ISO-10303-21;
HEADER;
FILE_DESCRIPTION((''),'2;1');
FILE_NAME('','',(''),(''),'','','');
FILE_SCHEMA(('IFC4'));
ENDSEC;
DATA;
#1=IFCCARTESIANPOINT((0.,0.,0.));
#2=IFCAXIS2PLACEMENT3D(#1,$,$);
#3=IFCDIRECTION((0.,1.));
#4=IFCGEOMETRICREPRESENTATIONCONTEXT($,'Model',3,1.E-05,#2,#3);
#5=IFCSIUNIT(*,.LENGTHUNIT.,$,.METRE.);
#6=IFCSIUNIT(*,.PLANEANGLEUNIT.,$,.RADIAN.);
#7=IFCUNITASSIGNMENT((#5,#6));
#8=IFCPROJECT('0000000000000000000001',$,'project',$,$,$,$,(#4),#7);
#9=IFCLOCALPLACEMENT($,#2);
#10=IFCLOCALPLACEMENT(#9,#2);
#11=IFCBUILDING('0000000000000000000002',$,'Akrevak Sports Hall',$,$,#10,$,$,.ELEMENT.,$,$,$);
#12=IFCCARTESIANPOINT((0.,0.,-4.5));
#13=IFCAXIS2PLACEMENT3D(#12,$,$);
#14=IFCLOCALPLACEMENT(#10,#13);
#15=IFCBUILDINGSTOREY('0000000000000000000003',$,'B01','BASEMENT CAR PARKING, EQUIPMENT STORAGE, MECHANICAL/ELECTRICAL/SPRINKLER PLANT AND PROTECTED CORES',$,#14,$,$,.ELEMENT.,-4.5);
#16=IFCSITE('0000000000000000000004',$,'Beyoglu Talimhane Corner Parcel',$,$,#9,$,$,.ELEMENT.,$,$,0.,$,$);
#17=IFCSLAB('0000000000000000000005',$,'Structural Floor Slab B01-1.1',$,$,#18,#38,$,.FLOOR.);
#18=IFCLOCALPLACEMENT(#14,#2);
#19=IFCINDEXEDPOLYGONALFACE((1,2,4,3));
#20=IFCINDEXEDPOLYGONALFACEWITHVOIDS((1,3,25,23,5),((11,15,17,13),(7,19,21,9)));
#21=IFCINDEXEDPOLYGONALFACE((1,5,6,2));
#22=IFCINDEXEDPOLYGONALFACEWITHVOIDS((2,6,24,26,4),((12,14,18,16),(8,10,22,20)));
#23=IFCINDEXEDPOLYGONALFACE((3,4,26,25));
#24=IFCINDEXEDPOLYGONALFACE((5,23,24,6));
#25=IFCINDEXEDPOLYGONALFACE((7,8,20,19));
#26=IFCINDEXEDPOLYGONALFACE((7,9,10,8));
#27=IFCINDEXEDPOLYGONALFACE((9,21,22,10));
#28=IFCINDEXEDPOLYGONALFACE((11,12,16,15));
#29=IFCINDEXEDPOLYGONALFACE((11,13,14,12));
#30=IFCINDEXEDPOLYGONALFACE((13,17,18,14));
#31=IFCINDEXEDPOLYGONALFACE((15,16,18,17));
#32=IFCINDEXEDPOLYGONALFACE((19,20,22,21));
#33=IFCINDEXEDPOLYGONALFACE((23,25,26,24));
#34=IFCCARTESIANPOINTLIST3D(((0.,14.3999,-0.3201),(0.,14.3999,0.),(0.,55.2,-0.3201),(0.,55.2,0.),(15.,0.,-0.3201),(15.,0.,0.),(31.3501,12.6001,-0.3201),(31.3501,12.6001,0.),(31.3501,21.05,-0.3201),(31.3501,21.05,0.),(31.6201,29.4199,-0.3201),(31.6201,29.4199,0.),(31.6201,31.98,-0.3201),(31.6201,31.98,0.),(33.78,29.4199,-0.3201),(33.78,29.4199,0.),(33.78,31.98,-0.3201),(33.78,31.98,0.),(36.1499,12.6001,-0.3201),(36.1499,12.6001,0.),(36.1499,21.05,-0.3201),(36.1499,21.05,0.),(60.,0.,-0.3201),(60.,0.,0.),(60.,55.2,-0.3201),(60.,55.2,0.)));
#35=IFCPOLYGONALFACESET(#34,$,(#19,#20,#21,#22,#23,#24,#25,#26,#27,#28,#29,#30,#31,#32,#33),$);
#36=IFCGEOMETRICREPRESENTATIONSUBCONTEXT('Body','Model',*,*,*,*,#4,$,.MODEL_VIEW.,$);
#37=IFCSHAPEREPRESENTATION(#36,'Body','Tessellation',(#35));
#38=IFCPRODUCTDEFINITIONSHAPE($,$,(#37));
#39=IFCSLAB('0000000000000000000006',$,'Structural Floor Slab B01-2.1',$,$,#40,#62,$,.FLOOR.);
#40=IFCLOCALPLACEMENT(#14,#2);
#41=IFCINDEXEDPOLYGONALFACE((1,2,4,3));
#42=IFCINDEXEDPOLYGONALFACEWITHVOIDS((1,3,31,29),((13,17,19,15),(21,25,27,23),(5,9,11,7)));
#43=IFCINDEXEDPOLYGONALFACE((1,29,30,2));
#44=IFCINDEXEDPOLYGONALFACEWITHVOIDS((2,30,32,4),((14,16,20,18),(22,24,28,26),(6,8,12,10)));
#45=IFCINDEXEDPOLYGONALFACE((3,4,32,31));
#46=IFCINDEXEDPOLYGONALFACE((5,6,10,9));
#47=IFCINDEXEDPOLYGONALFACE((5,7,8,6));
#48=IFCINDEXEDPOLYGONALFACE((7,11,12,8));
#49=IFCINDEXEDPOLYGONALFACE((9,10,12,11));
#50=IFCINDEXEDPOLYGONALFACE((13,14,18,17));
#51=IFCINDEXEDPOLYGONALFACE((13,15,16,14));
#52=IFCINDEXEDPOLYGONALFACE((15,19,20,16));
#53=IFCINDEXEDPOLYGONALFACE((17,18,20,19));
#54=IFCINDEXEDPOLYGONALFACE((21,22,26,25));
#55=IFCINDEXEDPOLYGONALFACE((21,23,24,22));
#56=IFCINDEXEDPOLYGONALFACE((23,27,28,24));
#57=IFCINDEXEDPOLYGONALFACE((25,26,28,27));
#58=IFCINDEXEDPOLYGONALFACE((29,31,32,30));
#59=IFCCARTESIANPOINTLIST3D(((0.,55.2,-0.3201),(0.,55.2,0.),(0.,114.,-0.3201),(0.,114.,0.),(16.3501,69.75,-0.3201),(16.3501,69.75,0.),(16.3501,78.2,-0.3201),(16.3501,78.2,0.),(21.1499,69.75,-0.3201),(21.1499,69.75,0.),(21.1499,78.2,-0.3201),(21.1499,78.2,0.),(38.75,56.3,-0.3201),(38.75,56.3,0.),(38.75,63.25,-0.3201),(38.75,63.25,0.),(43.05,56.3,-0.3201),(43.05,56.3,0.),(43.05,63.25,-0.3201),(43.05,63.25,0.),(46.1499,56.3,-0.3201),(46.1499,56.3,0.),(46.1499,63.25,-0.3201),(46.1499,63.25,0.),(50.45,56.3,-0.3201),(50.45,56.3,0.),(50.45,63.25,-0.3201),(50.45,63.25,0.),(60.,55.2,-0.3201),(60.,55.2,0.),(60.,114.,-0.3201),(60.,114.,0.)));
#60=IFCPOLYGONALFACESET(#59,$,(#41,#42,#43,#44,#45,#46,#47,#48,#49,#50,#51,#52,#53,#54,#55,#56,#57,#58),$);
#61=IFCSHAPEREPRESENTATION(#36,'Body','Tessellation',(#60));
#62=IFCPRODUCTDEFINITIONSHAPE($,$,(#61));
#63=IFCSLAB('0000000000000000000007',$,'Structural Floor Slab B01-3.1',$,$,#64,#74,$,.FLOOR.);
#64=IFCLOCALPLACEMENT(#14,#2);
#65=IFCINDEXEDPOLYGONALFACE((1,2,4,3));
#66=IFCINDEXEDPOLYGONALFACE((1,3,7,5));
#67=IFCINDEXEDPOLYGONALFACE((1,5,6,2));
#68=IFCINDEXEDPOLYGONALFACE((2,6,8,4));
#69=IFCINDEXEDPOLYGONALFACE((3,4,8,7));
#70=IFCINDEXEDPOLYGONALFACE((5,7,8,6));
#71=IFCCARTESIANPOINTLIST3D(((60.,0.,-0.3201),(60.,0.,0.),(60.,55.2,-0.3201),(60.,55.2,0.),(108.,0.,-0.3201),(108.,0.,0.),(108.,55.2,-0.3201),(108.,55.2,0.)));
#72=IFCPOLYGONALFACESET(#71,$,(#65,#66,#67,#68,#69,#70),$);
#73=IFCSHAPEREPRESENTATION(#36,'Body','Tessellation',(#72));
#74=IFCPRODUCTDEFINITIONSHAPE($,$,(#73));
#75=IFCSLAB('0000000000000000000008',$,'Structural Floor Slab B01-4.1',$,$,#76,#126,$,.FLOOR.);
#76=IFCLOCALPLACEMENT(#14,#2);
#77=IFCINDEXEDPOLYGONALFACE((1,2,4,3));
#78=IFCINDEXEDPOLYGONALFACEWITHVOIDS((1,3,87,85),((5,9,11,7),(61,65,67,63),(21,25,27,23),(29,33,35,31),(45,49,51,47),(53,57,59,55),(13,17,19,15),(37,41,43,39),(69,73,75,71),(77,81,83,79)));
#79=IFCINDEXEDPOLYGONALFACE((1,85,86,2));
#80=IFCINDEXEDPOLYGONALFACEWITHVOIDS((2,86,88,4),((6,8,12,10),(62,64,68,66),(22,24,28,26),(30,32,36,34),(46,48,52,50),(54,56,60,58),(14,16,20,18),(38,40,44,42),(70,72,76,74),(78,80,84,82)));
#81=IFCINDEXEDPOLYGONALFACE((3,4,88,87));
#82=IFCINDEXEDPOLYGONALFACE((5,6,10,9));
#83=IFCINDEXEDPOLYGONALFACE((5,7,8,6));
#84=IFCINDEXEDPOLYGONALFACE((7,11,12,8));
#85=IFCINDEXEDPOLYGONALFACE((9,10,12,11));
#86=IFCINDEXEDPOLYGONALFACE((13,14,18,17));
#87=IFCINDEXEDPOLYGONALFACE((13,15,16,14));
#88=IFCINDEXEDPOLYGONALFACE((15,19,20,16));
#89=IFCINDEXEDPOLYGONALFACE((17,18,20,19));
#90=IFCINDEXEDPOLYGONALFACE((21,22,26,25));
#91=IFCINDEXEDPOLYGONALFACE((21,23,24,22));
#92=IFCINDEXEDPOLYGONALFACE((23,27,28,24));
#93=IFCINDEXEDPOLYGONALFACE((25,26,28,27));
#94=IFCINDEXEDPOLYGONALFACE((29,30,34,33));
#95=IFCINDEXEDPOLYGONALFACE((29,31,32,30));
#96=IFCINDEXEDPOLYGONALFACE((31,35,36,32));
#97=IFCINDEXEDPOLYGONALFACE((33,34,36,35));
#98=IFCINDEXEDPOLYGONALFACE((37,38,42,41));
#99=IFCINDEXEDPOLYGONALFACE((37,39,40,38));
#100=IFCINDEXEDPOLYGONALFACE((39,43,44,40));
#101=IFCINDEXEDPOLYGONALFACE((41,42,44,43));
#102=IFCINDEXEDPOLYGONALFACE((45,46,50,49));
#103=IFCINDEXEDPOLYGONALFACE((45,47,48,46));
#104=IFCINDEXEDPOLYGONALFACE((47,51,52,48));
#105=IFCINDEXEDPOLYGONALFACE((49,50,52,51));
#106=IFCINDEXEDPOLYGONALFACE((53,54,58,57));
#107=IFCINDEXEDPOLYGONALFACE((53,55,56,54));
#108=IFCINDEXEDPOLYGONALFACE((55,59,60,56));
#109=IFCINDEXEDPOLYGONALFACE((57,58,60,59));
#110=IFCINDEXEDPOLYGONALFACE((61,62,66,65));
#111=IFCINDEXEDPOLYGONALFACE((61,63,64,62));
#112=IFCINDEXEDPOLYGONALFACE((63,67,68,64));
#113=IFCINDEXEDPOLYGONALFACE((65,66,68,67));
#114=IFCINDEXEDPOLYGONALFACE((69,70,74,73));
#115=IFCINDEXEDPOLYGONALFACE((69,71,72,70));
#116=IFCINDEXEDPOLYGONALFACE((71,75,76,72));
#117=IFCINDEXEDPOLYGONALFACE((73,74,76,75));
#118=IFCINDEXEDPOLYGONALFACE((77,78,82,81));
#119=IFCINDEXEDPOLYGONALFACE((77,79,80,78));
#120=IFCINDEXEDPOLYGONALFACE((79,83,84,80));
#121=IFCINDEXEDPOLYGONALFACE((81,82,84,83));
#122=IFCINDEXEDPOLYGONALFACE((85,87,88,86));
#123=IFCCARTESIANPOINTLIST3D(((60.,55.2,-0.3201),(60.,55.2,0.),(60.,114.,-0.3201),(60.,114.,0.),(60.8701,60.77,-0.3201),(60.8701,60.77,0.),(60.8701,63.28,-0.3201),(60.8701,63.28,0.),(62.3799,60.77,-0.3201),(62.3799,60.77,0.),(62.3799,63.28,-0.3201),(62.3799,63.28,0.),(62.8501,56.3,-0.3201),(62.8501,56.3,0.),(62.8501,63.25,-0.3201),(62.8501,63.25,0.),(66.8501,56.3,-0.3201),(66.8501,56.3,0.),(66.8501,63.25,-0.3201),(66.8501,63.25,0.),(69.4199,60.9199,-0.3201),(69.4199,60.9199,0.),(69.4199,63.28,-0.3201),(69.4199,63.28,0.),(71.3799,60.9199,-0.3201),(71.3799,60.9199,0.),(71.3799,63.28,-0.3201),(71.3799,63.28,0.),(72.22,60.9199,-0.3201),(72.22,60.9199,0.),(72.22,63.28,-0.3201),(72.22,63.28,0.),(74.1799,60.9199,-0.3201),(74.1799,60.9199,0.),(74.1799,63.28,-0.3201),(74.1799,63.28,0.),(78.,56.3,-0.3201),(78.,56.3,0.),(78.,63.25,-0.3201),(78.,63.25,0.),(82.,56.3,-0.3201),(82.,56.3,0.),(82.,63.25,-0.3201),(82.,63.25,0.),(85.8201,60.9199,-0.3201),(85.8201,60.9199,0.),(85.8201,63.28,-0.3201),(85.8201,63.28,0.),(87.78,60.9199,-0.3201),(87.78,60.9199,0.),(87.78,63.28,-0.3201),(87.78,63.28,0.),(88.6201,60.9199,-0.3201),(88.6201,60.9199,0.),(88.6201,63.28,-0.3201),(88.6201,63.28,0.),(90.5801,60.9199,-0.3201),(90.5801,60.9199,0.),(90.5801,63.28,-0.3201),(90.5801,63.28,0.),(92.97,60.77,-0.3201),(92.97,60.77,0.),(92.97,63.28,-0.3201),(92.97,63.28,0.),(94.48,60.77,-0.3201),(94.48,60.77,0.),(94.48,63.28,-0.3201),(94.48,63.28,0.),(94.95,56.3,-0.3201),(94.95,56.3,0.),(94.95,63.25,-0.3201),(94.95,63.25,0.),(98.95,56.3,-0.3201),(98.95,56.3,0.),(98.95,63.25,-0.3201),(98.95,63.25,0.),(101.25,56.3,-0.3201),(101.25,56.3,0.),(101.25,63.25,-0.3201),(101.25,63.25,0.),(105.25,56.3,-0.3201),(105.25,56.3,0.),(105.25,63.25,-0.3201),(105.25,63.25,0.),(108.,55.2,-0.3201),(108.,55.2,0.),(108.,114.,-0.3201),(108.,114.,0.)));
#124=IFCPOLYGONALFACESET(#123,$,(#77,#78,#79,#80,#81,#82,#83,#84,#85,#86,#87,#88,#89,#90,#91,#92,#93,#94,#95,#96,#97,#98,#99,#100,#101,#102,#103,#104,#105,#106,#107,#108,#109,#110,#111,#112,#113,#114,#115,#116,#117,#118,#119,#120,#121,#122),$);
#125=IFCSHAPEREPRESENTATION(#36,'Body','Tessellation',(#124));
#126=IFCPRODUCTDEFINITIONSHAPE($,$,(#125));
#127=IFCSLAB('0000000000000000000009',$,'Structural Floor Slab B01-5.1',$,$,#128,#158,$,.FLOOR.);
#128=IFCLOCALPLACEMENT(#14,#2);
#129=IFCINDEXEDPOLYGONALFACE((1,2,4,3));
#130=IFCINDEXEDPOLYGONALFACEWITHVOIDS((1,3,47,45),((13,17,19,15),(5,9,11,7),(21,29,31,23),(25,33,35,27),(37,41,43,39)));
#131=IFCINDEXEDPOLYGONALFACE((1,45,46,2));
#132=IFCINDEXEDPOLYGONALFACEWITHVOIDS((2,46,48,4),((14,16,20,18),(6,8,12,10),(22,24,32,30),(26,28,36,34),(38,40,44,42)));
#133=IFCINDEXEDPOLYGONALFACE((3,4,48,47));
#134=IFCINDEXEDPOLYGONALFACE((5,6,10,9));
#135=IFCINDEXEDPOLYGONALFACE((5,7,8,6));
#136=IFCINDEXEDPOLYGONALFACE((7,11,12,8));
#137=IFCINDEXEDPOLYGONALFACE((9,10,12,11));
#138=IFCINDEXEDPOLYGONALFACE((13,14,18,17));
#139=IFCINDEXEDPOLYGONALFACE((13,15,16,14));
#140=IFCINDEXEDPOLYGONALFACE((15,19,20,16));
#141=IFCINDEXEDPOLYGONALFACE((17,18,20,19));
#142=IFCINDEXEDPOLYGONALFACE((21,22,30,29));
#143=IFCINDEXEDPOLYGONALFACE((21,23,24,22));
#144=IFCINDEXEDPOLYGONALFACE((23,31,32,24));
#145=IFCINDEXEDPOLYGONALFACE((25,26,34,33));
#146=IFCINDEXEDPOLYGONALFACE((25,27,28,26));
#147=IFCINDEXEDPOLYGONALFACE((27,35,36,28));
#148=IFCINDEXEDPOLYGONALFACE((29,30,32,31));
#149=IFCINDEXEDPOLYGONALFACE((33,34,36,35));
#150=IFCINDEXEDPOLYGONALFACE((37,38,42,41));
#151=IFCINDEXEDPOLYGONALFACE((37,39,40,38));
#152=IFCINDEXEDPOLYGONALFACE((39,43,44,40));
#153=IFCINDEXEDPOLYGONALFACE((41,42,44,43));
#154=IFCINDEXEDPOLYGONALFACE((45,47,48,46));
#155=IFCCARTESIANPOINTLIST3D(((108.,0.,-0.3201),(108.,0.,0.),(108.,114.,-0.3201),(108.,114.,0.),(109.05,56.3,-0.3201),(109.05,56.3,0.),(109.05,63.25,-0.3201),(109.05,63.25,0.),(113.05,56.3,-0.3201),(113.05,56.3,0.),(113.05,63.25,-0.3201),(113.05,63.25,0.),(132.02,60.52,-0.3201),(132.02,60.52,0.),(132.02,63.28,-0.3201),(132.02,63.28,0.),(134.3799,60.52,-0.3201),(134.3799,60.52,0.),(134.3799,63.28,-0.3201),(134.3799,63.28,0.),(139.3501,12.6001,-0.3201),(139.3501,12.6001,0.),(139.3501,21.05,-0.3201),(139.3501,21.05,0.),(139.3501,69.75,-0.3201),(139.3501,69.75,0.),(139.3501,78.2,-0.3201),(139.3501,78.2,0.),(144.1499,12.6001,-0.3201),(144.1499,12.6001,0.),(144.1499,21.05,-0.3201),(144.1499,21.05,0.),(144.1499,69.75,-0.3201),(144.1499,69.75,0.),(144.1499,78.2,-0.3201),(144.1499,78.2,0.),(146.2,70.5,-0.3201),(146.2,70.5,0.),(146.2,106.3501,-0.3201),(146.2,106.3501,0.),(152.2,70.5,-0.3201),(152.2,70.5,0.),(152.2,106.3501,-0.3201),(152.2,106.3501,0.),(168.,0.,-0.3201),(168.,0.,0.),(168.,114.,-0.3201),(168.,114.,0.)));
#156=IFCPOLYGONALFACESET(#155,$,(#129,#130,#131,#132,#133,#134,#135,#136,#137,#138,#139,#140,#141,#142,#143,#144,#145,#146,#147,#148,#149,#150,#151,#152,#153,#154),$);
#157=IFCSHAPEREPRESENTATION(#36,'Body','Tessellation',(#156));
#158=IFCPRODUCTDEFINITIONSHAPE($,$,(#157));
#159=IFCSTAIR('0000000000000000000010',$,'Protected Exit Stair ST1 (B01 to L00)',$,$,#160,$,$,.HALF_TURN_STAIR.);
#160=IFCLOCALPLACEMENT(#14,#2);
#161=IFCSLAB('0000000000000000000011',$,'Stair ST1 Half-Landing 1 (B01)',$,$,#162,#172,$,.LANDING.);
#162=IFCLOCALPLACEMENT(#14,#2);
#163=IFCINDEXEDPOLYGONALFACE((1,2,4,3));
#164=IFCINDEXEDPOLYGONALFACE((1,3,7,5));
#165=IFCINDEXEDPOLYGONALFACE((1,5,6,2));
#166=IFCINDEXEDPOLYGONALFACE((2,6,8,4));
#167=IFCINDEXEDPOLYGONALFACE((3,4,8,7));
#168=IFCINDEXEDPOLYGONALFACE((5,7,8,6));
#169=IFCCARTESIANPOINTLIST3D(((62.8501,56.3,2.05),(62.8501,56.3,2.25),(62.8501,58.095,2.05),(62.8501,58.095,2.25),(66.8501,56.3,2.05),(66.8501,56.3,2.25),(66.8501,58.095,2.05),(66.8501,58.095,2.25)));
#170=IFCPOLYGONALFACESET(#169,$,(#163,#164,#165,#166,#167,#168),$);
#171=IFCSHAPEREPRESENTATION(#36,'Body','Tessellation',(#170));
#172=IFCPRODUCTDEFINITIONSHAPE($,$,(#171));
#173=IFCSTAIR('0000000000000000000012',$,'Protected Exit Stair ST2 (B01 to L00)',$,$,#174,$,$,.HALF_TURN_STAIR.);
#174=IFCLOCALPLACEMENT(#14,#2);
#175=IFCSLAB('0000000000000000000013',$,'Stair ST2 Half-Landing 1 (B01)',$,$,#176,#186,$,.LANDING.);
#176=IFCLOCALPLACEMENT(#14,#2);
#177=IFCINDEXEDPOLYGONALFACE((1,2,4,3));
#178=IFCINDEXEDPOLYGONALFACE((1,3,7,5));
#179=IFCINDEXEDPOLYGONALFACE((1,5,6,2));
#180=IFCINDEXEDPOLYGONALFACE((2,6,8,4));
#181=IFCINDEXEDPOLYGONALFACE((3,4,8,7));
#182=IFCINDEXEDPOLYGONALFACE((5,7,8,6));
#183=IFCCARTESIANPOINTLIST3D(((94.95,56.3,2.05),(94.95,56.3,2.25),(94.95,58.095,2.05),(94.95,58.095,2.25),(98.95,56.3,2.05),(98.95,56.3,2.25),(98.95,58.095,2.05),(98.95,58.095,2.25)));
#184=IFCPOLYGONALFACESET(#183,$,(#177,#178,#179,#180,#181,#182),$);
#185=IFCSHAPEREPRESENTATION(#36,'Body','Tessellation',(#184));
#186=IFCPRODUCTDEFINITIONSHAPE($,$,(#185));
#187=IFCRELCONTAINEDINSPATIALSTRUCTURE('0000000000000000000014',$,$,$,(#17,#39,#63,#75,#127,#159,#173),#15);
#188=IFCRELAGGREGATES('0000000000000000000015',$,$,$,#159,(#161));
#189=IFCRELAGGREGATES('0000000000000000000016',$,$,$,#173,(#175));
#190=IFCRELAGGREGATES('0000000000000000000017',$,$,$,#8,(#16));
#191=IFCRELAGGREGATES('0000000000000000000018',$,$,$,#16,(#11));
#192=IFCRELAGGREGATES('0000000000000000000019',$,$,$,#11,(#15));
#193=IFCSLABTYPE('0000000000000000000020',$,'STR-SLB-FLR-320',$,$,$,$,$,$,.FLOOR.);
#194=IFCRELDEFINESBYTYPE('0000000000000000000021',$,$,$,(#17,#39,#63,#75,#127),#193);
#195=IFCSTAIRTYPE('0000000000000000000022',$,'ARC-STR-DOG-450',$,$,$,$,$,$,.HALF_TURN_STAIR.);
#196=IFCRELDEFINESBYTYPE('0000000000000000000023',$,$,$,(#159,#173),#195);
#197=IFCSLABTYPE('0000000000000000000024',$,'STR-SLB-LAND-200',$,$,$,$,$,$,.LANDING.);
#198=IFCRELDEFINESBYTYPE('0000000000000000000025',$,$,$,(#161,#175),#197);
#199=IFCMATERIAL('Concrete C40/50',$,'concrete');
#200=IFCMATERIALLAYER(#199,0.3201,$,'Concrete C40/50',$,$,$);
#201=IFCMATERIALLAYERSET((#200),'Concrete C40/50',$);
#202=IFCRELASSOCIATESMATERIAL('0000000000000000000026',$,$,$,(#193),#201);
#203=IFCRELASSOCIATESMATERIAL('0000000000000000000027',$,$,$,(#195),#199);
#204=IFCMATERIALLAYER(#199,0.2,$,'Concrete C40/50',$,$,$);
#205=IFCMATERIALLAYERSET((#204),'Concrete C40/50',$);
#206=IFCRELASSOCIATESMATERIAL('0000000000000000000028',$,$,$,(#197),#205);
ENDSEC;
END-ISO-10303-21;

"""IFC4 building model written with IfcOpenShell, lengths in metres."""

from ifc_helpers import new_model, si_unit, direction, frame, origin, place, context, subcontext, project, spatial, polyline, outline, extrude, material, layer, layer_set, type_object, element, aggregate, save


model = new_model("IFC4")

# Units and contexts
model_context = context("Model", 3, precision=1e-05, world=origin(), true_north=direction((0.0, 1.0)))
body_context = subcontext(model_context, "Body", "Model", "MODEL_VIEW")
ifc_project = project(units=[si_unit("LENGTHUNIT", "METRE"), si_unit("PLANEANGLEUNIT", "RADIAN")], contexts=[model_context])

# Site, building, storey
site_placement = place(None, origin())
site = spatial("IfcSite", under=ifc_project, at=site_placement, Name="Beyoglu Talimhane Corner Parcel", CompositionType="ELEMENT", RefElevation=0.0)
building_placement = place(site_placement, origin())
building = spatial("IfcBuilding", under=site, at=building_placement, Name="Akrevak Sports Hall", CompositionType="ELEMENT")
storey_placement = place(building_placement, frame((0.0, 0.0, -4.5)))
storey = spatial("IfcBuildingStorey", under=building, at=storey_placement, Name="B01", Description="BASEMENT CAR PARKING, EQUIPMENT STORAGE, MECHANICAL/ELECTRICAL/SPRINKLER PLANT AND PROTECTED CORES", CompositionType="ELEMENT", Elevation=-4.5)

# Slabs
ifc_material = material(Name="Concrete C40/50", Category="concrete")
ifc_layer_1 = layer(ifc_material, 0.3201, Name="Concrete C40/50")
ifc_layer_set_1 = layer_set([ifc_layer_1], Name="Concrete C40/50")
slab_type_1 = type_object("IfcSlabType", Name="STR-SLB-FLR-320", PredefinedType="FLOOR", material=ifc_layer_set_1)
slab_1_placement = place(storey_placement, frame((0.0, 0.0, -0.3201)))
element("IfcSlab", 1, at=slab_1_placement, inside=storey, type_object=slab_type_1, Name="Structural Floor Slab B01-1.1", PredefinedType="FLOOR", context=body_context, shape_type="SweptSolid", body=[
    extrude(outline(polyline([(0.0, 14.3999), (15.0, 0.0), (60.0, 0.0), (60.0, 55.2), (0.0, 55.2), (0.0, 14.3999)]), holes=[polyline([(36.1499, 21.05), (36.1499, 12.6001), (31.3501, 12.6001), (31.3501, 21.05), (36.1499, 21.05)]), polyline([(33.78, 31.98), (33.78, 29.4199), (31.6201, 29.4199), (31.6201, 31.98), (33.78, 31.98)])]), origin(), (0.0, 0.0, 1.0), 0.3201),
])
slab_2_placement = place(storey_placement, frame((0.0, 0.0, -0.3201)))
element("IfcSlab", 2, at=slab_2_placement, inside=storey, type_object=slab_type_1, Name="Structural Floor Slab B01-2.1", PredefinedType="FLOOR", context=body_context, shape_type="SweptSolid", body=[
    extrude(outline(polyline([(0.0, 55.2), (60.0, 55.2), (60.0, 114.0), (0.0, 114.0), (0.0, 55.2)]), holes=[polyline([(43.05, 63.25), (43.05, 56.3), (38.75, 56.3), (38.75, 63.25), (43.05, 63.25)]), polyline([(50.45, 56.3), (46.1499, 56.3), (46.1499, 63.25), (50.45, 63.25), (50.45, 56.3)]), polyline([(21.1499, 69.75), (16.3501, 69.75), (16.3501, 78.2), (21.1499, 78.2), (21.1499, 69.75)])]), origin(), (0.0, 0.0, 1.0), 0.3201),
])
slab_3_placement = place(storey_placement, frame((0.0, 0.0, -0.3201)))
element("IfcSlab", 3, at=slab_3_placement, inside=storey, type_object=slab_type_1, Name="Structural Floor Slab B01-3.1", PredefinedType="FLOOR", context=body_context, shape_type="SweptSolid", body=[
    extrude(outline(polyline([(108.0, 0.0), (108.0, 55.2), (60.0, 55.2), (60.0, 0.0), (108.0, 0.0)])), origin(), (0.0, 0.0, 1.0), 0.3201),
])
slab_4_placement = place(storey_placement, frame((0.0, 0.0, -0.3201)))
element("IfcSlab", 4, at=slab_4_placement, inside=storey, type_object=slab_type_1, Name="Structural Floor Slab B01-4.1", PredefinedType="FLOOR", context=body_context, shape_type="SweptSolid", body=[
    extrude(outline(polyline([(60.0, 114.0), (60.0, 55.2), (108.0, 55.2), (108.0, 114.0), (60.0, 114.0)]), holes=[polyline([(66.8501, 56.3), (62.8501, 56.3), (62.8501, 63.25), (66.8501, 63.25), (66.8501, 56.3)]), polyline([(82.0, 63.25), (82.0, 56.3), (78.0, 56.3), (78.0, 63.25), (82.0, 63.25)]), polyline([(62.3799, 63.28), (62.3799, 60.77), (60.8701, 60.77), (60.8701, 63.28), (62.3799, 63.28)]), polyline([(71.3799, 63.28), (71.3799, 60.9199), (69.4199, 60.9199), (69.4199, 63.28), (71.3799, 63.28)]), polyline([(74.1799, 60.9199), (72.22, 60.9199), (72.22, 63.28), (74.1799, 63.28), (74.1799, 60.9199)]), polyline([(98.95, 63.25), (98.95, 56.3), (94.95, 56.3), (94.95, 63.25), (98.95, 63.25)]), polyline([(105.25, 63.25), (105.25, 56.3), (101.25, 56.3), (101.25, 63.25), (105.25, 63.25)]), polyline([(94.48, 63.28), (94.48, 60.77), (92.97, 60.77), (92.97, 63.28), (94.48, 63.28)]), polyline([(87.78, 63.28), (87.78, 60.9199), (85.8201, 60.9199), (85.8201, 63.28), (87.78, 63.28)]), polyline([(90.5801, 63.28), (90.5801, 60.9199), (88.6201, 60.9199), (88.6201, 63.28), (90.5801, 63.28)])]), origin(), (0.0, 0.0, 1.0), 0.3201),
])
slab_5_placement = place(storey_placement, frame((0.0, 0.0, -0.3201)))
element("IfcSlab", 5, at=slab_5_placement, inside=storey, type_object=slab_type_1, Name="Structural Floor Slab B01-5.1", PredefinedType="FLOOR", context=body_context, shape_type="SweptSolid", body=[
    extrude(outline(polyline([(108.0, 114.0), (108.0, 0.0), (168.0, 0.0), (168.0, 114.0), (108.0, 114.0)]), holes=[polyline([(144.1499, 21.05), (144.1499, 12.6001), (139.3501, 12.6001), (139.3501, 21.05), (144.1499, 21.05)]), polyline([(113.05, 56.3), (109.05, 56.3), (109.05, 63.25), (113.05, 63.25), (113.05, 56.3)]), polyline([(134.3799, 60.52), (132.02, 60.52), (132.02, 63.28), (134.3799, 63.28), (134.3799, 60.52)]), polyline([(144.1499, 69.75), (139.3501, 69.75), (139.3501, 78.2), (144.1499, 78.2), (144.1499, 69.75)]), polyline([(152.2, 70.5), (146.2, 70.5), (146.2, 106.3501), (152.2, 106.3501), (152.2, 70.5)])]), origin(), (0.0, 0.0, 1.0), 0.3201),
])

# Stairs, slabs
stair_type_1 = type_object("IfcStairType", Name="ARC-STR-DOG-450", PredefinedType="HALF_TURN_STAIR", material=ifc_material)
stair_1_placement = place(storey_placement, origin())
stair_1 = element("IfcStair", 6, at=stair_1_placement, inside=storey, type_object=stair_type_1, Name="Protected Exit Stair ST1 (B01 to L00)", PredefinedType="HALF_TURN_STAIR")
ifc_layer_2 = layer(ifc_material, 0.2, Name="Concrete C40/50")
ifc_layer_set_2 = layer_set([ifc_layer_2], Name="Concrete C40/50")
slab_type_2 = type_object("IfcSlabType", Name="STR-SLB-LAND-200", PredefinedType="LANDING", material=ifc_layer_set_2)
slab_6_placement = place(storey_placement, frame((0.0, 0.0, 2.05)))
slab_6 = element("IfcSlab", 7, at=slab_6_placement, type_object=slab_type_2, Name="Stair ST1 Half-Landing 1 (B01)", PredefinedType="LANDING", context=body_context, shape_type="SweptSolid", body=[
    extrude(outline(polyline([(62.8501, 56.3), (66.8501, 56.3), (66.8501, 58.095), (62.8501, 58.095), (62.8501, 56.3)])), origin(), (0.0, 0.0, 1.0), 0.2),
])
aggregate(stair_1, [slab_6])
stair_2_placement = place(storey_placement, origin())
stair_2 = element("IfcStair", 8, at=stair_2_placement, inside=storey, type_object=stair_type_1, Name="Protected Exit Stair ST2 (B01 to L00)", PredefinedType="HALF_TURN_STAIR")
slab_7_placement = place(storey_placement, frame((0.0, 0.0, 2.05)))
slab_7 = element("IfcSlab", 9, at=slab_7_placement, type_object=slab_type_2, Name="Stair ST2 Half-Landing 1 (B01)", PredefinedType="LANDING", context=body_context, shape_type="SweptSolid", body=[
    extrude(outline(polyline([(94.95, 56.3), (98.95, 56.3), (98.95, 58.095), (94.95, 58.095), (94.95, 56.3)])), origin(), (0.0, 0.0, 1.0), 0.2),
])
aggregate(stair_2, [slab_7])

save(model, "model.ifc")
